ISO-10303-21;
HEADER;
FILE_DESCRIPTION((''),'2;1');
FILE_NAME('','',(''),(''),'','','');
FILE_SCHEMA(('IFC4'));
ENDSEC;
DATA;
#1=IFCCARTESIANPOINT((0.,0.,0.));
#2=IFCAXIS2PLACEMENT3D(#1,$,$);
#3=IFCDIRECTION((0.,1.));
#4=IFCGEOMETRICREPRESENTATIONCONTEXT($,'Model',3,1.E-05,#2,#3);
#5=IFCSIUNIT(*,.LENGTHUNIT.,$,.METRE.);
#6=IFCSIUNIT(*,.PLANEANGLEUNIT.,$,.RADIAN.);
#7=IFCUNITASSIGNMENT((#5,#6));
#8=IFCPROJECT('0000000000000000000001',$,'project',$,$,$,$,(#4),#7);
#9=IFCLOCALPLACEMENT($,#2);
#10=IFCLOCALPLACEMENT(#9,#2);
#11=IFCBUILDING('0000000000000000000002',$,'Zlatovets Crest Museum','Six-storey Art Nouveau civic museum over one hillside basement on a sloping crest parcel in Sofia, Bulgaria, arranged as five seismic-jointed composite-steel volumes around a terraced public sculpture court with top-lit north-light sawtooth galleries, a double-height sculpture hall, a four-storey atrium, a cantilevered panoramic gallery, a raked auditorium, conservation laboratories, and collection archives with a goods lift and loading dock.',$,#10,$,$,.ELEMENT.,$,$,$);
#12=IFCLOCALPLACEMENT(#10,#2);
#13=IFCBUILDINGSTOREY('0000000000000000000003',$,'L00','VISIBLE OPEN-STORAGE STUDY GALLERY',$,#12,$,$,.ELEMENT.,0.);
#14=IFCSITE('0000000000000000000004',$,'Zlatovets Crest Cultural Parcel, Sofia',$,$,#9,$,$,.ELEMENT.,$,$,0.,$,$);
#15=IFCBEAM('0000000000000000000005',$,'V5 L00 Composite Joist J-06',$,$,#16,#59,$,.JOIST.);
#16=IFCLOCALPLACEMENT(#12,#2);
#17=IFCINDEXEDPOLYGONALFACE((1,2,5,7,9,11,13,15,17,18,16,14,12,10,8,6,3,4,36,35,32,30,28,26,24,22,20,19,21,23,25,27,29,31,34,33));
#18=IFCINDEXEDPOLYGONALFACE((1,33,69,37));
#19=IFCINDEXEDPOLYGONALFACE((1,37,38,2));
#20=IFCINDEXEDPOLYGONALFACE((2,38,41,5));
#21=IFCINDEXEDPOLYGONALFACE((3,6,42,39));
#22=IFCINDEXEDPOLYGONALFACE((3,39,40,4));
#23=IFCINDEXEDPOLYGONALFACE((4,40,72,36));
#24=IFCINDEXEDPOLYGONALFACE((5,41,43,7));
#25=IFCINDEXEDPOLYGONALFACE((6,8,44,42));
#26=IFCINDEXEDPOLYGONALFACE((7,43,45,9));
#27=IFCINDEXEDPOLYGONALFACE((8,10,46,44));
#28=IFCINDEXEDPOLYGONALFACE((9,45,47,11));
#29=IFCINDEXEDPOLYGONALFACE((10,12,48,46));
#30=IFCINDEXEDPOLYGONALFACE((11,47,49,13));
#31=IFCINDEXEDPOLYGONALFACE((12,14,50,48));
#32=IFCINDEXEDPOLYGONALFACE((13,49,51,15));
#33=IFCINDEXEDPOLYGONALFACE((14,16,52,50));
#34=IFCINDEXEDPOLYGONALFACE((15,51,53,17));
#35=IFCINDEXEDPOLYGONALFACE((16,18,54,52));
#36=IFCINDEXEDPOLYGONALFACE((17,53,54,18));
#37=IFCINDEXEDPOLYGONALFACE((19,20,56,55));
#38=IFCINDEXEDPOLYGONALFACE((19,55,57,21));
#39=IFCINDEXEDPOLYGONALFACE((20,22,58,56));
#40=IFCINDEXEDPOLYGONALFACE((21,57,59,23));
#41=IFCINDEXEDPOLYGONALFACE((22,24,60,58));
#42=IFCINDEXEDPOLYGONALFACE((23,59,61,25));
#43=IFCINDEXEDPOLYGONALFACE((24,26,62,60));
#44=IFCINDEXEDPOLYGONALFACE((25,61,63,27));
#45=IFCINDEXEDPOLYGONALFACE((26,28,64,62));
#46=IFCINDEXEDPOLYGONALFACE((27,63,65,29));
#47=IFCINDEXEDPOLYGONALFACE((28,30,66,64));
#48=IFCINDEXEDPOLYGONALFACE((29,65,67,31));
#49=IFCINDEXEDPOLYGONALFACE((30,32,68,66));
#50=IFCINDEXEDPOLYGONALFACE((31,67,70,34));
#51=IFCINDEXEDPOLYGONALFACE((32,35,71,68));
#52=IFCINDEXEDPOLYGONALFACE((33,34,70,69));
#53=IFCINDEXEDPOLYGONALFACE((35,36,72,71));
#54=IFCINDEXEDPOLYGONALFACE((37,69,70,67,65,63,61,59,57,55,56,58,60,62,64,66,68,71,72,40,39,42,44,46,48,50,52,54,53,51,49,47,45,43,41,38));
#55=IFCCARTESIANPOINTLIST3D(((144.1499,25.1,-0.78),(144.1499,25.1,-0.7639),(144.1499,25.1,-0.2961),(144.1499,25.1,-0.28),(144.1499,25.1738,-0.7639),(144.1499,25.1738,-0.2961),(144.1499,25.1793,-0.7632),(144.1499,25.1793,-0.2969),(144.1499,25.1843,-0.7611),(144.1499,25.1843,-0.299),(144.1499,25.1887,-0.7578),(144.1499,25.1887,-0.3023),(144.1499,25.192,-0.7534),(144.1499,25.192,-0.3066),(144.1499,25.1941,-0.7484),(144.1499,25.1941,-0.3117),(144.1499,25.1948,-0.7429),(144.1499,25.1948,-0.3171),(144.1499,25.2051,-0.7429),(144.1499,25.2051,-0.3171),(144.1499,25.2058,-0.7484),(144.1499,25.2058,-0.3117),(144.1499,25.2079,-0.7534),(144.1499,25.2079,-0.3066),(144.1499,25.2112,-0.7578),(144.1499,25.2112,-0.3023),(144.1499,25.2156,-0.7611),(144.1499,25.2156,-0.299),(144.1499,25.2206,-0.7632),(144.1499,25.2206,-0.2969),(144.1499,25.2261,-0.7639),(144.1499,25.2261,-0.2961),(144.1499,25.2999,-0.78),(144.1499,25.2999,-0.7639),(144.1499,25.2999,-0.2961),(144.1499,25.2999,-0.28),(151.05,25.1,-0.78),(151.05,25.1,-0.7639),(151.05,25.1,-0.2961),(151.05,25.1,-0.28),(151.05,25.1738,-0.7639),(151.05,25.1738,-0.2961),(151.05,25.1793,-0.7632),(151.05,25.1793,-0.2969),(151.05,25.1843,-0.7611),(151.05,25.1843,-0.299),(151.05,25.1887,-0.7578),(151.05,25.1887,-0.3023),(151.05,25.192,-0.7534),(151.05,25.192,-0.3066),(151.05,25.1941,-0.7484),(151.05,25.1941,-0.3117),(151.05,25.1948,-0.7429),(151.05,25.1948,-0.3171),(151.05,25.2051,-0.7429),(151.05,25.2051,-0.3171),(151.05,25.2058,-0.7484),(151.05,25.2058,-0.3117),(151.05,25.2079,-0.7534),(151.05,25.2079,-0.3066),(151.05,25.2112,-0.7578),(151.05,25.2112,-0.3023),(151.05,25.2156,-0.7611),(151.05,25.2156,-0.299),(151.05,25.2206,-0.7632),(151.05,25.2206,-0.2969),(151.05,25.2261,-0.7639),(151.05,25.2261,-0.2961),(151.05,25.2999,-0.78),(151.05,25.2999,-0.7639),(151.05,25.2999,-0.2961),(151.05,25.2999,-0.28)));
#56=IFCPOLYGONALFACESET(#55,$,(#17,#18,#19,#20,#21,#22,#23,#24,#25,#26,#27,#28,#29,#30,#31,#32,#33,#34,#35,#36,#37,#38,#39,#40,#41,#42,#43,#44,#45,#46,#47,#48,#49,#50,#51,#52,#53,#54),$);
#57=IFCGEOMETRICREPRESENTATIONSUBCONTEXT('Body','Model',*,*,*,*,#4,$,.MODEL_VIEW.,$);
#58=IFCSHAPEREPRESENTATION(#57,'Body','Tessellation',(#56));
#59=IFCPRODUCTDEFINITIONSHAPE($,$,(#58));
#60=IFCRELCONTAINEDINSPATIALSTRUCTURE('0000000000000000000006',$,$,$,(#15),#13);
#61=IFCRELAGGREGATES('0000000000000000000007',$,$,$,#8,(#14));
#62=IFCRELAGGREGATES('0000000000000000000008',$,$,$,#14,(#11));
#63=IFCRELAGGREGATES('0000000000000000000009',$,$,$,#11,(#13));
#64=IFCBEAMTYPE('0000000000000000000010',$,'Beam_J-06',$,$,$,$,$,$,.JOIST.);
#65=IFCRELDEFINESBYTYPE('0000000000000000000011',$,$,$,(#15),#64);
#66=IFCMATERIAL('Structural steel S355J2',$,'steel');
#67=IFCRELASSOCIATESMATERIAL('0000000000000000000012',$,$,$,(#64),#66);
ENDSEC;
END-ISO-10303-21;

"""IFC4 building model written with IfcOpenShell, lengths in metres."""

from ifc_helpers import new_model, si_unit, direction, frame, origin, origin_2d, place, context, subcontext, project, spatial, i_section, extrude, material, material_profile, profile_set, type_object, element, save


model = new_model("IFC4")

# Units and contexts
model_context = context("Model", 3, precision=1e-05, world=origin(), true_north=direction((0.0, 1.0)))
body_context = subcontext(model_context, "Body", "Model", "MODEL_VIEW")
ifc_project = project(units=[si_unit("LENGTHUNIT", "METRE"), si_unit("PLANEANGLEUNIT", "RADIAN")], contexts=[model_context])

# Site, building, storey
site_placement = place(None, origin())
site = spatial("IfcSite", under=ifc_project, at=site_placement, Name="Zlatovets Crest Cultural Parcel, Sofia", CompositionType="ELEMENT", RefElevation=0.0)
building_placement = place(site_placement, origin())
building = spatial("IfcBuilding", under=site, at=building_placement, Name="Zlatovets Crest Museum", Description="Six-storey Art Nouveau civic museum over one hillside basement on a sloping crest parcel in Sofia, Bulgaria, arranged as five seismic-jointed composite-steel volumes around a terraced public sculpture court with top-lit north-light sawtooth galleries, a double-height sculpture hall, a four-storey atrium, a cantilevered panoramic gallery, a raked auditorium, conservation laboratories, and collection archives with a goods lift and loading dock.", CompositionType="ELEMENT")
storey_placement = place(building_placement, origin())
storey = spatial("IfcBuildingStorey", under=building, at=storey_placement, Name="L00", Description="VISIBLE OPEN-STORAGE STUDY GALLERY", CompositionType="ELEMENT", Elevation=0.0)

# Shared definitions
ifc_material = material(Name="Structural steel S355J2", Category="steel")

# Beam
ifc_material_profile_1 = material_profile(ifc_material, i_section(OverallWidth=0.2, OverallDepth=0.5, WebThickness=0.0103, FlangeThickness=0.0161, FilletRadius=0.021, at=origin_2d()), Name="IPE 500")
ifc_profile_set_1 = profile_set([ifc_material_profile_1], Name="Structural steel S355J2")
beam_type_1 = type_object("IfcBeamType", Name="Beam_J-06", PredefinedType="JOIST", material=ifc_profile_set_1)
for number, where, z_axis, x_axis, name in (
    (1, (144.1499, 25.2, -0.53), (1.0, 0.0, 0.0), (0.0, 1.0, 0.0), "V5 L00 Composite Joist J-06"),
):
    element("IfcBeam", number, at=place(storey_placement, frame(where, z_axis=z_axis, x_axis=x_axis)), inside=storey, type_object=beam_type_1, Name=name, PredefinedType="JOIST", context=body_context, shape_type="SweptSolid", body=[
        extrude(i_section(OverallWidth=0.2, OverallDepth=0.5, WebThickness=0.0103, FlangeThickness=0.0161, FilletRadius=0.021, at=origin_2d()), origin(), (0.0, 0.0, 1.0), 6.9001),
    ])

save(model, "model.ifc")
